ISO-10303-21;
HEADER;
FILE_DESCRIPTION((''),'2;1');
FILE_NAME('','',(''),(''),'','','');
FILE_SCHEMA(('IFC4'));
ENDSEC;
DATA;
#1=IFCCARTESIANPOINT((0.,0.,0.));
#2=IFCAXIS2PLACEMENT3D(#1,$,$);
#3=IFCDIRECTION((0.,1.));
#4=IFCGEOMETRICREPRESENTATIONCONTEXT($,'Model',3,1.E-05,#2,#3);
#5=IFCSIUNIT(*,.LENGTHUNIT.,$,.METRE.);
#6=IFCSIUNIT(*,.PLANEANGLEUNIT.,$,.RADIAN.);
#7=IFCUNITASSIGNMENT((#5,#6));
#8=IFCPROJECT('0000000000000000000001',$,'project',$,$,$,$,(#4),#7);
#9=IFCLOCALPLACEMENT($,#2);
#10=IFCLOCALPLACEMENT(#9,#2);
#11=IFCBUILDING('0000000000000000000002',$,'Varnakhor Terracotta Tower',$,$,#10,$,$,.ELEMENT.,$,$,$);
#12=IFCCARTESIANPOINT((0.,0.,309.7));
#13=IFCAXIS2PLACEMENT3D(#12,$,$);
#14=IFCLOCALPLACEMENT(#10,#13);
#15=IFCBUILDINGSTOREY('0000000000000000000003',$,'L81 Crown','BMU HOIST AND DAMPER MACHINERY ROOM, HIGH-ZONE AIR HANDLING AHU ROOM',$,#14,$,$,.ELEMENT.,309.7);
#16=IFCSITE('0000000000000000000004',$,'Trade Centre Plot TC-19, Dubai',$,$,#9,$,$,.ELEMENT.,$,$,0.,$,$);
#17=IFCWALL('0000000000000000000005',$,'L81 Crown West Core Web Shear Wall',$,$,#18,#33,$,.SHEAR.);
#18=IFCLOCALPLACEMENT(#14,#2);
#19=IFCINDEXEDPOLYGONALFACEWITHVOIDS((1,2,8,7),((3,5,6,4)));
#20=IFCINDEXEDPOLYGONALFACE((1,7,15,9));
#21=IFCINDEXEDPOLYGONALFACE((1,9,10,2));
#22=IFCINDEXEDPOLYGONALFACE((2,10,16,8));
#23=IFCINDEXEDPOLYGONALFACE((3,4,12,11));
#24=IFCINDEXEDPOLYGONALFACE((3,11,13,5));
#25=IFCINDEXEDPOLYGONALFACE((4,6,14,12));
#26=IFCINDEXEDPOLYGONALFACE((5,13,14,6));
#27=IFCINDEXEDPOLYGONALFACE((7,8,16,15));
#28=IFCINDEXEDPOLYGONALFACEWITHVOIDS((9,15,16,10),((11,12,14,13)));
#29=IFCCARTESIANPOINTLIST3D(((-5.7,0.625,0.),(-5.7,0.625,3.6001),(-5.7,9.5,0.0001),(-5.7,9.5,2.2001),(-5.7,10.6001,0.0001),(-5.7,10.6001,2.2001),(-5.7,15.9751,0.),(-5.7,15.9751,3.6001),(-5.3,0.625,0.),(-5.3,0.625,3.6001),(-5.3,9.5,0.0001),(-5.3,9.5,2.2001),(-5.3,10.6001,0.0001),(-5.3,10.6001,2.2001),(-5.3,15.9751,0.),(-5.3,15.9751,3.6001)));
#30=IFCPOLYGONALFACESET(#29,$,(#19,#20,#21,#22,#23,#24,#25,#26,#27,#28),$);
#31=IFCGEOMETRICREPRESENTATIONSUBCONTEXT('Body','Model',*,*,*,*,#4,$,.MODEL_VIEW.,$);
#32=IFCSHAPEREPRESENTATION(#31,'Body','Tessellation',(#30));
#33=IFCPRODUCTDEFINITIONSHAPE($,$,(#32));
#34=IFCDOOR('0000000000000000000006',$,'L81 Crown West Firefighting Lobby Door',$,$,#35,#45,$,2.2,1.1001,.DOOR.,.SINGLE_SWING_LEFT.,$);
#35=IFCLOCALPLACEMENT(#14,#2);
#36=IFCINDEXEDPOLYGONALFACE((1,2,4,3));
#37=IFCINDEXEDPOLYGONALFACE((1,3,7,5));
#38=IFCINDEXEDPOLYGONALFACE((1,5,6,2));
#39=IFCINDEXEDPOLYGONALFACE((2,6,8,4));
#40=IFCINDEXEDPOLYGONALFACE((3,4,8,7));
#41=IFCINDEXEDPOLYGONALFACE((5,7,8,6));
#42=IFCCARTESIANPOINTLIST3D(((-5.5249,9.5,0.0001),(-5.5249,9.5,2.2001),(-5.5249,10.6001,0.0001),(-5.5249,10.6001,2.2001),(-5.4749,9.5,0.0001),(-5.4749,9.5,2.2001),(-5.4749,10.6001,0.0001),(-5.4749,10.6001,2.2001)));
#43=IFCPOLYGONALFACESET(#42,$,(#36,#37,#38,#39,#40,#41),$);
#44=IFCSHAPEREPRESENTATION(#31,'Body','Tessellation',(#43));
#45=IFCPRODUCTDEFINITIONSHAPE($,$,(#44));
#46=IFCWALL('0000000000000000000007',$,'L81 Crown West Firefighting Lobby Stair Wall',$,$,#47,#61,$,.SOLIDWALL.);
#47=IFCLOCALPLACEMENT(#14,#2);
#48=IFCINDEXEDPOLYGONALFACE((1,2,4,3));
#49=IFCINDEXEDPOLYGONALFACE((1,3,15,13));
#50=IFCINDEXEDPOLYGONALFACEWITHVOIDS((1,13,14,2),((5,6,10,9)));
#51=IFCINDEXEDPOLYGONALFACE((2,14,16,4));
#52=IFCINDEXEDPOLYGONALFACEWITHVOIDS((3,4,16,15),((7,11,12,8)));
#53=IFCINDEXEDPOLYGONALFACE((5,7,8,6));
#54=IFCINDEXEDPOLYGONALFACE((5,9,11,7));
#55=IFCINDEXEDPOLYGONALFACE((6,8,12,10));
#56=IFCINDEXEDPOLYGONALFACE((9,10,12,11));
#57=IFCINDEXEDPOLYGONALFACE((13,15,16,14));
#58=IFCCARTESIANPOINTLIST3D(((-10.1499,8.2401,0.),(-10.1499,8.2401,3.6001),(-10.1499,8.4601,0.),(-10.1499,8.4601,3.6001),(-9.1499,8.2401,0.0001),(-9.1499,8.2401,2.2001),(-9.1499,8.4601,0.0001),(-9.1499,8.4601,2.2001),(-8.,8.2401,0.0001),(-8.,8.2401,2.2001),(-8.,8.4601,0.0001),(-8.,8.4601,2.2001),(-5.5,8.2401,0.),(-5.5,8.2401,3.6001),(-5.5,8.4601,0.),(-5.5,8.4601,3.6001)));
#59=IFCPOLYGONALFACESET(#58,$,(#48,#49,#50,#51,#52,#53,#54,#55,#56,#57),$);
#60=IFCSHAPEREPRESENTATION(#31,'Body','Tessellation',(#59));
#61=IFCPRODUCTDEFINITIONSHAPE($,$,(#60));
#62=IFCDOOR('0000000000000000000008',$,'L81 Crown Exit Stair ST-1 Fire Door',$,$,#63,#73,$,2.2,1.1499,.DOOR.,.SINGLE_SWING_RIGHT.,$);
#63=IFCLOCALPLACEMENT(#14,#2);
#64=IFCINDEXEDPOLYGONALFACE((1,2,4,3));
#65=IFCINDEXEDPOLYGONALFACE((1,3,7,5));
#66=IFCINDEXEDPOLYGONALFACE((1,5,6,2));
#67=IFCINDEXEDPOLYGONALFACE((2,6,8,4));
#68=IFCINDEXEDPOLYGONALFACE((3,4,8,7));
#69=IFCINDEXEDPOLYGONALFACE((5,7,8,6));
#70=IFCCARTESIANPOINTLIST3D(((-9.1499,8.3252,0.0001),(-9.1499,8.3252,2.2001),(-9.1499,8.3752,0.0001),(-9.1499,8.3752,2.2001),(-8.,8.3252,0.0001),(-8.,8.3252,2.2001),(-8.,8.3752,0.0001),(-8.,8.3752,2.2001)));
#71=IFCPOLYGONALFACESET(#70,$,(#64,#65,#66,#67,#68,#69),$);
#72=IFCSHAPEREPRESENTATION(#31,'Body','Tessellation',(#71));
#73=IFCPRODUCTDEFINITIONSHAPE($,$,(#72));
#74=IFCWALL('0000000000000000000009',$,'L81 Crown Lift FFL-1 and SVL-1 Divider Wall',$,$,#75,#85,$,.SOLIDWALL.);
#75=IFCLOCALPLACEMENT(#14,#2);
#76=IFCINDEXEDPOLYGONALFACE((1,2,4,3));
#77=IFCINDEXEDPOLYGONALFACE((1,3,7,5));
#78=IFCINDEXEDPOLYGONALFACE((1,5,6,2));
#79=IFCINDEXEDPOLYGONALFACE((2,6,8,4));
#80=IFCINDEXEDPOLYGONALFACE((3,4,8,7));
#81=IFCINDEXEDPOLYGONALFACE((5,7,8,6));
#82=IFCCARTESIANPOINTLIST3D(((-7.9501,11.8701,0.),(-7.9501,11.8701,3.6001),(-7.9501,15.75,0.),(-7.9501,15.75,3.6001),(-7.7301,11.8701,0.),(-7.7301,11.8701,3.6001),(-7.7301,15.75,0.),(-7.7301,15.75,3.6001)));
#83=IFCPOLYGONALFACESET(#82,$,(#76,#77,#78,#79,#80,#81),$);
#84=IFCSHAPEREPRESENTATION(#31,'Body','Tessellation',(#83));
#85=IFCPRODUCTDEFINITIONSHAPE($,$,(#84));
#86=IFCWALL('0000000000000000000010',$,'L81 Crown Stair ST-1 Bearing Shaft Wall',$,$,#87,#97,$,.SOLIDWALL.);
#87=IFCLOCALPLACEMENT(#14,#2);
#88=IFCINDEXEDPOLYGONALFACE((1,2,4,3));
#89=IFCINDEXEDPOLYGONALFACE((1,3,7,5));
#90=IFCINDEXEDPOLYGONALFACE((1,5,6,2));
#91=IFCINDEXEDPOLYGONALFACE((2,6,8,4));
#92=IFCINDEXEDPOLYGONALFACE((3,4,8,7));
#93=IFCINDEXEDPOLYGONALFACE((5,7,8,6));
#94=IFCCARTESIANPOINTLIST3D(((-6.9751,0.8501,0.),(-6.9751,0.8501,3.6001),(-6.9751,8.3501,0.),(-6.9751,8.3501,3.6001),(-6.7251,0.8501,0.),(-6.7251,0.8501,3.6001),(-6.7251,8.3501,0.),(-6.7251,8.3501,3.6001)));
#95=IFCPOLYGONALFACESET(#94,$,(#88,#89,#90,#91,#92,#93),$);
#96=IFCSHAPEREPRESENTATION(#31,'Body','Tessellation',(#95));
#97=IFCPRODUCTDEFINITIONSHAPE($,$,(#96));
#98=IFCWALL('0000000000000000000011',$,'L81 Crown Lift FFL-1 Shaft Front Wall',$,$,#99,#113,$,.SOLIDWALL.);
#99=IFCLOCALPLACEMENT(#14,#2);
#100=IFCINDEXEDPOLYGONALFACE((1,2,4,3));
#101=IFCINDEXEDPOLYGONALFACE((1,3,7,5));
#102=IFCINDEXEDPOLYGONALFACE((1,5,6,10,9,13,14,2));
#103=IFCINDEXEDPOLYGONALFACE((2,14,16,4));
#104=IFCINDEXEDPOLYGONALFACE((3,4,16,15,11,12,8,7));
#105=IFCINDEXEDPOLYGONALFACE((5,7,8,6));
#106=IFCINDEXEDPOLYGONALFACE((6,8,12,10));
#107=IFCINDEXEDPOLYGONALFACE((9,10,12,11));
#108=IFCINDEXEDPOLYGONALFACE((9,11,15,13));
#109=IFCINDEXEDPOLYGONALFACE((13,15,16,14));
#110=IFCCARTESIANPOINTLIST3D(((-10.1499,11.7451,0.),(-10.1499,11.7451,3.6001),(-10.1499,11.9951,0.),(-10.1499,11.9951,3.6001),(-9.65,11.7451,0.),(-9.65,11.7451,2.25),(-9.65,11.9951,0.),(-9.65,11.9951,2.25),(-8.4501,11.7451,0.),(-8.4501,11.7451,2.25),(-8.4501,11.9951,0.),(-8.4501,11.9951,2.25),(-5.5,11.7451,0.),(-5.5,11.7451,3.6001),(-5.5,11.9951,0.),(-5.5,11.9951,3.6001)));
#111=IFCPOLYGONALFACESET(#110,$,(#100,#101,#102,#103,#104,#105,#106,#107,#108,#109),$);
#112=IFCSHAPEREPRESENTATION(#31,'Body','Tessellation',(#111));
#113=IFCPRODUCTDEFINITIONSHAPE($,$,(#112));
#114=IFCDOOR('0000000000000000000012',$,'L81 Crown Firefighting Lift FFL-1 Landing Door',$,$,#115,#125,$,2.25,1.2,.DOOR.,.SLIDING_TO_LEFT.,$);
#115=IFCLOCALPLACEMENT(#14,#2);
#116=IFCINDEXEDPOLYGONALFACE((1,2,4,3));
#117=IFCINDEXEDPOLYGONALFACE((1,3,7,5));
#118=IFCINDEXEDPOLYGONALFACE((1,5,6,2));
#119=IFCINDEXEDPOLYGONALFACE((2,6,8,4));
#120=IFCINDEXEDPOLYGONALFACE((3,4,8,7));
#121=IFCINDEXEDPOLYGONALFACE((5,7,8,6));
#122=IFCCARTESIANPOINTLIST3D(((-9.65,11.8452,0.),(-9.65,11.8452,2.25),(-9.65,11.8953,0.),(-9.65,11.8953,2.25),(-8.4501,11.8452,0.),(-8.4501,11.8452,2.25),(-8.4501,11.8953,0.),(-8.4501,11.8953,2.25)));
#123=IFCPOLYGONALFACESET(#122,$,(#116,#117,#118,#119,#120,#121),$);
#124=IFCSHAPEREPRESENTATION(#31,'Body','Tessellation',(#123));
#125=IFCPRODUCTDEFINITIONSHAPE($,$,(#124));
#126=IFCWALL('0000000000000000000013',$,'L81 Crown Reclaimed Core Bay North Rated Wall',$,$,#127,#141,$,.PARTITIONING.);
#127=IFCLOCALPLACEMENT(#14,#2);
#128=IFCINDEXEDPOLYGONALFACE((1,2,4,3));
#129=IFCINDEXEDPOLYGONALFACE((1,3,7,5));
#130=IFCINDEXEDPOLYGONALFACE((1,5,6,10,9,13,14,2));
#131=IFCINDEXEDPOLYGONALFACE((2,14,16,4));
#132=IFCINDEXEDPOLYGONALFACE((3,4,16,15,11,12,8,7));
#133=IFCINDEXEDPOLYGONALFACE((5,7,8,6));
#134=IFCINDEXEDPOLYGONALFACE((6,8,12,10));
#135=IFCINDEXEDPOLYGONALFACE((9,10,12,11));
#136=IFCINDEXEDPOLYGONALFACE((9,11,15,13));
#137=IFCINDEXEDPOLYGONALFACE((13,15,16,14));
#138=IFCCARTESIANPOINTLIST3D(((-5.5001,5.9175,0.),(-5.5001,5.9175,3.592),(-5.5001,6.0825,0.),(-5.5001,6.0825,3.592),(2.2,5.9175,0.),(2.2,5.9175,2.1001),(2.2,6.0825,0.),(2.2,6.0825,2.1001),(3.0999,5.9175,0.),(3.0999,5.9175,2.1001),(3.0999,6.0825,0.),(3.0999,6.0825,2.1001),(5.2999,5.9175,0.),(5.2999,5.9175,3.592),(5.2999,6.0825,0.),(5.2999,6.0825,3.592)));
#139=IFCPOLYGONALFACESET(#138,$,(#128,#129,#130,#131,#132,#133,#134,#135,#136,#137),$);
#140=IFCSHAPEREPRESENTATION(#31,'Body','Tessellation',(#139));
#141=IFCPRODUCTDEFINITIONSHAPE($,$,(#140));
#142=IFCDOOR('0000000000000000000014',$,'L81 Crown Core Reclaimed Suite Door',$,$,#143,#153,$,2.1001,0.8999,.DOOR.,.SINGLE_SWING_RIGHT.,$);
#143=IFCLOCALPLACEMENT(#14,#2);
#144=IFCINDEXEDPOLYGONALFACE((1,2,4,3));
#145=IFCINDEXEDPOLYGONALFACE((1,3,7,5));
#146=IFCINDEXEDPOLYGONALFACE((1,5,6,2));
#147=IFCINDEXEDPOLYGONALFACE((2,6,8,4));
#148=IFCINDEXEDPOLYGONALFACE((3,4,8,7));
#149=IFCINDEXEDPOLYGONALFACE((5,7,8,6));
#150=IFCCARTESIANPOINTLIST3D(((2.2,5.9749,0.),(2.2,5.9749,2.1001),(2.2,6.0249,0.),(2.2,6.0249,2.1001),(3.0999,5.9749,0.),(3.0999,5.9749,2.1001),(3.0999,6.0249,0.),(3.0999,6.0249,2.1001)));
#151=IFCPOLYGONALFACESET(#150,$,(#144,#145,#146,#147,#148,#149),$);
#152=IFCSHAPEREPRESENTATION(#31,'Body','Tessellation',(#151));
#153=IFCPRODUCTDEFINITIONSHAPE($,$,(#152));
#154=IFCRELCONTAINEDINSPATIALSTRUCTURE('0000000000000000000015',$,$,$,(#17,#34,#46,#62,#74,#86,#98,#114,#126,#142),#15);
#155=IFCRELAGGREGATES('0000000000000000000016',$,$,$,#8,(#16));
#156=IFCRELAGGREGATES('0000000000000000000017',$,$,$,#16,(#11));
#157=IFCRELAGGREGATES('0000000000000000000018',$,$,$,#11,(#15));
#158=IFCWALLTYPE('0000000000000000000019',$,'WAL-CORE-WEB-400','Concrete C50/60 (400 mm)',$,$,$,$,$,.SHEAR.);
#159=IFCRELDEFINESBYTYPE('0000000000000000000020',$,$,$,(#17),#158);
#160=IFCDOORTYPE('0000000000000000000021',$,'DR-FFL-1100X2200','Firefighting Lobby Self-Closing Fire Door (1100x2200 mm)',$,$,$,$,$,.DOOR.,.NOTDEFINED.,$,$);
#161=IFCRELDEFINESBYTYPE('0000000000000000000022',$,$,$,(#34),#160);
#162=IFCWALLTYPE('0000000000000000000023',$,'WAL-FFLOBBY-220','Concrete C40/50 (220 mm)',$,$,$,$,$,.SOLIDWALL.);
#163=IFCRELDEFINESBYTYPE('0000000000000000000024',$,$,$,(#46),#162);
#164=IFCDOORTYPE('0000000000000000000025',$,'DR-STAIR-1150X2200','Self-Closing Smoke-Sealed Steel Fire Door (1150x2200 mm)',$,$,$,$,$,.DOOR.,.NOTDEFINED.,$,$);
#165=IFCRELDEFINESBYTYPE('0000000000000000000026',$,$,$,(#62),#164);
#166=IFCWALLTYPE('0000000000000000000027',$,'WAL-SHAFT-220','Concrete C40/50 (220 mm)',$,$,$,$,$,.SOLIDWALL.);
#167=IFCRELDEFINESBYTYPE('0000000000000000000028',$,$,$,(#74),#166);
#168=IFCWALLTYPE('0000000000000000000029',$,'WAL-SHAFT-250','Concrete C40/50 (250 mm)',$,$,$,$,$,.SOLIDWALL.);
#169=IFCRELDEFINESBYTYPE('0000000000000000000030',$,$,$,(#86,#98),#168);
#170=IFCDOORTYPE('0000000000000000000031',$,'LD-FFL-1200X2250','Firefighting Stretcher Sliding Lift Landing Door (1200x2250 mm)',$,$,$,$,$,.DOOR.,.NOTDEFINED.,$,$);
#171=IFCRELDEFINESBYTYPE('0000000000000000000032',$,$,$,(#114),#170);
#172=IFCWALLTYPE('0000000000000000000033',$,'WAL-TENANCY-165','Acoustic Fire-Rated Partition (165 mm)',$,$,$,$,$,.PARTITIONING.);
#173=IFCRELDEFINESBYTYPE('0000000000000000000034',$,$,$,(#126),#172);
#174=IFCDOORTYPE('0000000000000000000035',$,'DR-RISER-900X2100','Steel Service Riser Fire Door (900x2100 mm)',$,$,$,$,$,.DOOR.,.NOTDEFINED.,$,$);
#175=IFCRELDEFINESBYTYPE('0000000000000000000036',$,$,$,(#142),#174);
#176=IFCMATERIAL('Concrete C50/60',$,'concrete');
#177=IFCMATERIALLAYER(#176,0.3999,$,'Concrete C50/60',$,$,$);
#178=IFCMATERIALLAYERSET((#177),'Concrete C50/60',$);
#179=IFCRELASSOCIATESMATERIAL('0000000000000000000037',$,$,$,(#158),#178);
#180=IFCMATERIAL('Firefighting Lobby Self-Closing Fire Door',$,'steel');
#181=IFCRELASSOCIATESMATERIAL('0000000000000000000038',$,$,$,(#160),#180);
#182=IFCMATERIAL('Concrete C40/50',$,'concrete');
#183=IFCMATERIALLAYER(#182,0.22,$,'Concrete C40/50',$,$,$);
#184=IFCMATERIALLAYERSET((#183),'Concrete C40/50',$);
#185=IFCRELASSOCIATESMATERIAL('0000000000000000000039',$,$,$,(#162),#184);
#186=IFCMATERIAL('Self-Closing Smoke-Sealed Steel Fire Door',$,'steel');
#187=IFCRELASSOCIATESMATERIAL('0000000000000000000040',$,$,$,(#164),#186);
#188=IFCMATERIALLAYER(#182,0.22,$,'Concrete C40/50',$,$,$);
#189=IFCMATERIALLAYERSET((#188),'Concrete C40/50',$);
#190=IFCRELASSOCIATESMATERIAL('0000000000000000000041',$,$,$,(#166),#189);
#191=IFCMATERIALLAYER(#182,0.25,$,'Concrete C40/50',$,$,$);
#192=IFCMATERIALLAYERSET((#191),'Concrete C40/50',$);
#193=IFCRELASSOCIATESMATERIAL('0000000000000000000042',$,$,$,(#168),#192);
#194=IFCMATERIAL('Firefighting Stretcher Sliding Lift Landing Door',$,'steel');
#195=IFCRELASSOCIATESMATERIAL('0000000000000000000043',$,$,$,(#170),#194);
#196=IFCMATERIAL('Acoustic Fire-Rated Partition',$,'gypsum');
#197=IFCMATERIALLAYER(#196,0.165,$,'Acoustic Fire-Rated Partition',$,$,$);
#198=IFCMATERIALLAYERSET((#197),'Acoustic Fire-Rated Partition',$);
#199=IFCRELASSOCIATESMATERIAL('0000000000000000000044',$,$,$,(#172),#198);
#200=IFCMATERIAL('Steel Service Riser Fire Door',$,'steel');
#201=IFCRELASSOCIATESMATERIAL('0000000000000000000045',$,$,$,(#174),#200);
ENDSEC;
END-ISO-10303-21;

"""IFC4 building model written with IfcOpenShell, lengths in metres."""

from ifc_helpers import new_model, si_unit, direction, frame, frame_2d, origin, place, context, subcontext, project, spatial, rectangle, extrude, source, transform, mapped, material, layer, layer_set, type_object, type_shapes, element, fill, save


model = new_model("IFC4")

# Units and contexts
model_context = context("Model", 3, precision=1e-05, world=origin(), true_north=direction((0.0, 1.0)))
body_context = subcontext(model_context, "Body", "Model", "MODEL_VIEW")
ifc_project = project(units=[si_unit("LENGTHUNIT", "METRE"), si_unit("PLANEANGLEUNIT", "RADIAN")], contexts=[model_context])

# Site, building, storey
site_placement = place(None, origin())
site = spatial("IfcSite", under=ifc_project, at=site_placement, Name="Trade Centre Plot TC-19, Dubai", CompositionType="ELEMENT", RefElevation=0.0)
building_placement = place(site_placement, origin())
building = spatial("IfcBuilding", under=site, at=building_placement, Name="Varnakhor Terracotta Tower", CompositionType="ELEMENT")
storey_placement = place(building_placement, frame((0.0, 0.0, 309.7)))
storey = spatial("IfcBuildingStorey", under=building, at=storey_placement, Name="L81 Crown", Description="BMU HOIST AND DAMPER MACHINERY ROOM, HIGH-ZONE AIR HANDLING AHU ROOM", CompositionType="ELEMENT", Elevation=309.7)

# Shared definitions
ifc_material_1 = material(Name="Concrete C50/60", Category="concrete")

# Walls, openings, doors
ifc_layer_1 = layer(ifc_material_1, 0.3999, Name="Concrete C50/60")
ifc_layer_set_1 = layer_set([ifc_layer_1], Name="Concrete C50/60")
wall_type_1 = type_object("IfcWallType", Name="WAL-CORE-WEB-400", Description="Concrete C50/60 (400 mm)", PredefinedType="SHEAR", material=ifc_layer_set_1)
wall_1_placement = place(storey_placement, frame((-5.5, 0.625, 0.0), z_axis=(0.0, 0.0, 1.0), x_axis=(0.0, 1.0, 0.0)))
wall_1 = element("IfcWall", 1, at=wall_1_placement, inside=storey, type_object=wall_type_1, Name="L81 Crown West Core Web Shear Wall", PredefinedType="SHEAR", context=body_context, shape_type="SweptSolid", body=[
    extrude(rectangle(XDim=15.3501, YDim=0.3999, at=frame_2d((7.675, 0.0))), origin(), (0.0, 0.0, 1.0), 3.6001),
])
opening_1_placement = place(wall_1_placement, frame((8.875, 0.0, 0.0)))
opening_1 = element("IfcOpeningElement", 2, at=opening_1_placement, cuts=wall_1, PredefinedType="OPENING", context=body_context, shape_type="SweptSolid", body=[
    extrude(rectangle(XDim=1.1001, YDim=2.2, at=frame_2d((0.55, 1.1001))), frame((0.0, 0.21, 0.0), z_axis=(0.0, -1.0, 0.0), x_axis=(1.0, 0.0, 0.0)), (0.0, 0.0, 1.0), 0.4199),
])
ifc_material_2 = material(Name="Firefighting Lobby Self-Closing Fire Door", Category="steel")
door_type_1 = type_object("IfcDoorType", Name="DR-FFL-1100X2200", Description="Firefighting Lobby Self-Closing Fire Door (1100x2200 mm)", OperationType="NOTDEFINED", PredefinedType="DOOR", material=ifc_material_2)
shared_shape_1 = source(origin(), body_context, "Body", "SweptSolid", [
    extrude(rectangle(XDim=1.1001, YDim=2.2, at=frame_2d((0.55, 1.1001))), frame((0.0, 0.0249, 0.0), z_axis=(0.0, -1.0, 0.0), x_axis=(1.0, 0.0, 0.0)), (0.0, 0.0, 1.0), 0.05),
])
type_shapes(door_type_1, [shared_shape_1])
door_1_placement = place(opening_1_placement, origin())
door_1 = element("IfcDoor", 3, at=door_1_placement, inside=storey, type_object=door_type_1, Name="L81 Crown West Firefighting Lobby Door", OperationType="SINGLE_SWING_LEFT", OverallHeight=2.2, OverallWidth=1.1001, PredefinedType="DOOR", context=body_context, shape_type="MappedRepresentation", body=[
    mapped(shared_shape_1, transform((0.0, 0.0, 0.0), scale=1.0)),
])
fill(opening_1, door_1)
ifc_material_3 = material(Name="Concrete C40/50", Category="concrete")
ifc_layer_2 = layer(ifc_material_3, 0.22, Name="Concrete C40/50")
ifc_layer_set_2 = layer_set([ifc_layer_2], Name="Concrete C40/50")
wall_type_2 = type_object("IfcWallType", Name="WAL-FFLOBBY-220", Description="Concrete C40/50 (220 mm)", PredefinedType="SOLIDWALL", material=ifc_layer_set_2)
wall_2_placement = place(storey_placement, frame((-5.5, 8.3501, 0.0), z_axis=(0.0, 0.0, 1.0), x_axis=(-1.0, 0.0, 0.0)))
wall_2 = element("IfcWall", 4, at=wall_2_placement, inside=storey, type_object=wall_type_2, Name="L81 Crown West Firefighting Lobby Stair Wall", PredefinedType="SOLIDWALL", context=body_context, shape_type="SweptSolid", body=[
    extrude(rectangle(XDim=4.6499, YDim=0.22, at=frame_2d((2.325, 0.0))), origin(), (0.0, 0.0, 1.0), 3.6001),
])
opening_2_placement = place(wall_2_placement, frame((2.5, 0.0, 0.0)))
opening_2 = element("IfcOpeningElement", 5, at=opening_2_placement, cuts=wall_2, PredefinedType="OPENING", context=body_context, shape_type="SweptSolid", body=[
    extrude(rectangle(XDim=1.1499, YDim=2.2, at=frame_2d((0.575, 1.1001))), frame((0.0, 0.1201, 0.0), z_axis=(0.0, -1.0, 0.0), x_axis=(1.0, 0.0, 0.0)), (0.0, 0.0, 1.0), 0.24),
])
ifc_material_4 = material(Name="Self-Closing Smoke-Sealed Steel Fire Door", Category="steel")
door_type_2 = type_object("IfcDoorType", Name="DR-STAIR-1150X2200", Description="Self-Closing Smoke-Sealed Steel Fire Door (1150x2200 mm)", OperationType="NOTDEFINED", PredefinedType="DOOR", material=ifc_material_4)
shared_shape_2 = source(origin(), body_context, "Body", "SweptSolid", [
    extrude(rectangle(XDim=1.1499, YDim=2.2, at=frame_2d((0.575, 1.1001))), frame((0.0, 0.0249, 0.0), z_axis=(0.0, -1.0, 0.0), x_axis=(1.0, 0.0, 0.0)), (0.0, 0.0, 1.0), 0.05),
])
type_shapes(door_type_2, [shared_shape_2])
door_2_placement = place(opening_2_placement, origin())
door_2 = element("IfcDoor", 6, at=door_2_placement, inside=storey, type_object=door_type_2, Name="L81 Crown Exit Stair ST-1 Fire Door", OperationType="SINGLE_SWING_RIGHT", OverallHeight=2.2, OverallWidth=1.1499, PredefinedType="DOOR", context=body_context, shape_type="MappedRepresentation", body=[
    mapped(shared_shape_2, transform((0.0, 0.0, 0.0), scale=1.0)),
])
fill(opening_2, door_2)

# Walls
ifc_layer_3 = layer(ifc_material_3, 0.22, Name="Concrete C40/50")
ifc_layer_set_3 = layer_set([ifc_layer_3], Name="Concrete C40/50")
wall_type_3 = type_object("IfcWallType", Name="WAL-SHAFT-220", Description="Concrete C40/50 (220 mm)", PredefinedType="SOLIDWALL", material=ifc_layer_set_3)
wall_3_placement = place(storey_placement, frame((-7.8401, 11.8701, 0.0), z_axis=(0.0, 0.0, 1.0), x_axis=(0.0, 1.0, 0.0)))
element("IfcWall", 7, at=wall_3_placement, inside=storey, type_object=wall_type_3, Name="L81 Crown Lift FFL-1 and SVL-1 Divider Wall", PredefinedType="SOLIDWALL", context=body_context, shape_type="SweptSolid", body=[
    extrude(rectangle(XDim=3.8799, YDim=0.22, at=frame_2d((1.9399, 0.0))), origin(), (0.0, 0.0, 1.0), 3.6001),
])
ifc_layer_4 = layer(ifc_material_3, 0.25, Name="Concrete C40/50")
ifc_layer_set_4 = layer_set([ifc_layer_4], Name="Concrete C40/50")
wall_type_4 = type_object("IfcWallType", Name="WAL-SHAFT-250", Description="Concrete C40/50 (250 mm)", PredefinedType="SOLIDWALL", material=ifc_layer_set_4)
wall_4_placement = place(storey_placement, frame((-6.8501, 0.8501, 0.0), z_axis=(0.0, 0.0, 1.0), x_axis=(0.0, 1.0, 0.0)))
element("IfcWall", 8, at=wall_4_placement, inside=storey, type_object=wall_type_4, Name="L81 Crown Stair ST-1 Bearing Shaft Wall", PredefinedType="SOLIDWALL", context=body_context, shape_type="SweptSolid", body=[
    extrude(rectangle(XDim=7.5, YDim=0.25, at=frame_2d((3.75, 0.0))), origin(), (0.0, 0.0, 1.0), 3.6001),
])

# Walls, openings, doors
wall_5_placement = place(storey_placement, frame((-5.5, 11.8701, 0.0), z_axis=(0.0, 0.0, 1.0), x_axis=(-1.0, 0.0, 0.0)))
wall_5 = element("IfcWall", 9, at=wall_5_placement, inside=storey, type_object=wall_type_4, Name="L81 Crown Lift FFL-1 Shaft Front Wall", PredefinedType="SOLIDWALL", context=body_context, shape_type="SweptSolid", body=[
    extrude(rectangle(XDim=4.6499, YDim=0.25, at=frame_2d((2.325, 0.0))), origin(), (0.0, 0.0, 1.0), 3.6001),
])
opening_3_placement = place(wall_5_placement, frame((2.95, 0.0, 0.0)))
opening_3 = element("IfcOpeningElement", 10, at=opening_3_placement, cuts=wall_5, PredefinedType="OPENING", context=body_context, shape_type="SweptSolid", body=[
    extrude(rectangle(XDim=1.2, YDim=2.25, at=frame_2d((0.6001, 1.125))), frame((0.0, 0.135, 0.0), z_axis=(0.0, -1.0, 0.0), x_axis=(1.0, 0.0, 0.0)), (0.0, 0.0, 1.0), 0.27),
])
ifc_material_5 = material(Name="Firefighting Stretcher Sliding Lift Landing Door", Category="steel")
door_type_3 = type_object("IfcDoorType", Name="LD-FFL-1200X2250", Description="Firefighting Stretcher Sliding Lift Landing Door (1200x2250 mm)", OperationType="NOTDEFINED", PredefinedType="DOOR", material=ifc_material_5)
shared_shape_3 = source(origin(), body_context, "Body", "SweptSolid", [
    extrude(rectangle(XDim=1.2, YDim=2.25, at=frame_2d((0.6001, 1.125))), frame((0.0, 0.0249, 0.0), z_axis=(0.0, -1.0, 0.0), x_axis=(1.0, 0.0, 0.0)), (0.0, 0.0, 1.0), 0.05),
])
type_shapes(door_type_3, [shared_shape_3])
door_3_placement = place(opening_3_placement, origin())
door_3 = element("IfcDoor", 11, at=door_3_placement, inside=storey, type_object=door_type_3, Name="L81 Crown Firefighting Lift FFL-1 Landing Door", OperationType="SLIDING_TO_LEFT", OverallHeight=2.25, OverallWidth=1.2, PredefinedType="DOOR", context=body_context, shape_type="MappedRepresentation", body=[
    mapped(shared_shape_3, transform((0.0, 0.0, 0.0), scale=1.0)),
])
fill(opening_3, door_3)
ifc_material_6 = material(Name="Acoustic Fire-Rated Partition", Category="gypsum")
ifc_layer_5 = layer(ifc_material_6, 0.165, Name="Acoustic Fire-Rated Partition")
ifc_layer_set_5 = layer_set([ifc_layer_5], Name="Acoustic Fire-Rated Partition")
wall_type_5 = type_object("IfcWallType", Name="WAL-TENANCY-165", Description="Acoustic Fire-Rated Partition (165 mm)", PredefinedType="PARTITIONING", material=ifc_layer_set_5)
wall_6_placement = place(storey_placement, frame((-5.5, 6.0, 0.0), z_axis=(0.0, 0.0, 1.0), x_axis=(1.0, 0.0, 0.0)))
wall_6 = element("IfcWall", 12, at=wall_6_placement, inside=storey, type_object=wall_type_5, Name="L81 Crown Reclaimed Core Bay North Rated Wall", PredefinedType="PARTITIONING", context=body_context, shape_type="SweptSolid", body=[
    extrude(rectangle(XDim=10.8, YDim=0.165, at=frame_2d((5.3999, 0.0))), origin(), (0.0, 0.0, 1.0), 3.592),
])
opening_4_placement = place(wall_6_placement, frame((7.7, 0.0, 0.0)))
opening_4 = element("IfcOpeningElement", 13, at=opening_4_placement, cuts=wall_6, PredefinedType="OPENING", context=body_context, shape_type="SweptSolid", body=[
    extrude(rectangle(XDim=0.8999, YDim=2.1001, at=frame_2d((0.45, 1.05))), frame((0.0, 0.0925, 0.0), z_axis=(0.0, -1.0, 0.0), x_axis=(1.0, 0.0, 0.0)), (0.0, 0.0, 1.0), 0.1851),
])
ifc_material_7 = material(Name="Steel Service Riser Fire Door", Category="steel")
door_type_4 = type_object("IfcDoorType", Name="DR-RISER-900X2100", Description="Steel Service Riser Fire Door (900x2100 mm)", OperationType="NOTDEFINED", PredefinedType="DOOR", material=ifc_material_7)
shared_shape_4 = source(origin(), body_context, "Body", "SweptSolid", [
    extrude(rectangle(XDim=0.8999, YDim=2.1001, at=frame_2d((0.45, 1.05))), frame((0.0, 0.0249, 0.0), z_axis=(0.0, -1.0, 0.0), x_axis=(1.0, 0.0, 0.0)), (0.0, 0.0, 1.0), 0.05),
])
type_shapes(door_type_4, [shared_shape_4])
door_4_placement = place(opening_4_placement, origin())
door_4 = element("IfcDoor", 14, at=door_4_placement, inside=storey, type_object=door_type_4, Name="L81 Crown Core Reclaimed Suite Door", OperationType="SINGLE_SWING_RIGHT", OverallHeight=2.1001, OverallWidth=0.8999, PredefinedType="DOOR", context=body_context, shape_type="MappedRepresentation", body=[
    mapped(shared_shape_4, transform((0.0, 0.0, 0.0), scale=1.0)),
])
fill(opening_4, door_4)

save(model, "model.ifc")
